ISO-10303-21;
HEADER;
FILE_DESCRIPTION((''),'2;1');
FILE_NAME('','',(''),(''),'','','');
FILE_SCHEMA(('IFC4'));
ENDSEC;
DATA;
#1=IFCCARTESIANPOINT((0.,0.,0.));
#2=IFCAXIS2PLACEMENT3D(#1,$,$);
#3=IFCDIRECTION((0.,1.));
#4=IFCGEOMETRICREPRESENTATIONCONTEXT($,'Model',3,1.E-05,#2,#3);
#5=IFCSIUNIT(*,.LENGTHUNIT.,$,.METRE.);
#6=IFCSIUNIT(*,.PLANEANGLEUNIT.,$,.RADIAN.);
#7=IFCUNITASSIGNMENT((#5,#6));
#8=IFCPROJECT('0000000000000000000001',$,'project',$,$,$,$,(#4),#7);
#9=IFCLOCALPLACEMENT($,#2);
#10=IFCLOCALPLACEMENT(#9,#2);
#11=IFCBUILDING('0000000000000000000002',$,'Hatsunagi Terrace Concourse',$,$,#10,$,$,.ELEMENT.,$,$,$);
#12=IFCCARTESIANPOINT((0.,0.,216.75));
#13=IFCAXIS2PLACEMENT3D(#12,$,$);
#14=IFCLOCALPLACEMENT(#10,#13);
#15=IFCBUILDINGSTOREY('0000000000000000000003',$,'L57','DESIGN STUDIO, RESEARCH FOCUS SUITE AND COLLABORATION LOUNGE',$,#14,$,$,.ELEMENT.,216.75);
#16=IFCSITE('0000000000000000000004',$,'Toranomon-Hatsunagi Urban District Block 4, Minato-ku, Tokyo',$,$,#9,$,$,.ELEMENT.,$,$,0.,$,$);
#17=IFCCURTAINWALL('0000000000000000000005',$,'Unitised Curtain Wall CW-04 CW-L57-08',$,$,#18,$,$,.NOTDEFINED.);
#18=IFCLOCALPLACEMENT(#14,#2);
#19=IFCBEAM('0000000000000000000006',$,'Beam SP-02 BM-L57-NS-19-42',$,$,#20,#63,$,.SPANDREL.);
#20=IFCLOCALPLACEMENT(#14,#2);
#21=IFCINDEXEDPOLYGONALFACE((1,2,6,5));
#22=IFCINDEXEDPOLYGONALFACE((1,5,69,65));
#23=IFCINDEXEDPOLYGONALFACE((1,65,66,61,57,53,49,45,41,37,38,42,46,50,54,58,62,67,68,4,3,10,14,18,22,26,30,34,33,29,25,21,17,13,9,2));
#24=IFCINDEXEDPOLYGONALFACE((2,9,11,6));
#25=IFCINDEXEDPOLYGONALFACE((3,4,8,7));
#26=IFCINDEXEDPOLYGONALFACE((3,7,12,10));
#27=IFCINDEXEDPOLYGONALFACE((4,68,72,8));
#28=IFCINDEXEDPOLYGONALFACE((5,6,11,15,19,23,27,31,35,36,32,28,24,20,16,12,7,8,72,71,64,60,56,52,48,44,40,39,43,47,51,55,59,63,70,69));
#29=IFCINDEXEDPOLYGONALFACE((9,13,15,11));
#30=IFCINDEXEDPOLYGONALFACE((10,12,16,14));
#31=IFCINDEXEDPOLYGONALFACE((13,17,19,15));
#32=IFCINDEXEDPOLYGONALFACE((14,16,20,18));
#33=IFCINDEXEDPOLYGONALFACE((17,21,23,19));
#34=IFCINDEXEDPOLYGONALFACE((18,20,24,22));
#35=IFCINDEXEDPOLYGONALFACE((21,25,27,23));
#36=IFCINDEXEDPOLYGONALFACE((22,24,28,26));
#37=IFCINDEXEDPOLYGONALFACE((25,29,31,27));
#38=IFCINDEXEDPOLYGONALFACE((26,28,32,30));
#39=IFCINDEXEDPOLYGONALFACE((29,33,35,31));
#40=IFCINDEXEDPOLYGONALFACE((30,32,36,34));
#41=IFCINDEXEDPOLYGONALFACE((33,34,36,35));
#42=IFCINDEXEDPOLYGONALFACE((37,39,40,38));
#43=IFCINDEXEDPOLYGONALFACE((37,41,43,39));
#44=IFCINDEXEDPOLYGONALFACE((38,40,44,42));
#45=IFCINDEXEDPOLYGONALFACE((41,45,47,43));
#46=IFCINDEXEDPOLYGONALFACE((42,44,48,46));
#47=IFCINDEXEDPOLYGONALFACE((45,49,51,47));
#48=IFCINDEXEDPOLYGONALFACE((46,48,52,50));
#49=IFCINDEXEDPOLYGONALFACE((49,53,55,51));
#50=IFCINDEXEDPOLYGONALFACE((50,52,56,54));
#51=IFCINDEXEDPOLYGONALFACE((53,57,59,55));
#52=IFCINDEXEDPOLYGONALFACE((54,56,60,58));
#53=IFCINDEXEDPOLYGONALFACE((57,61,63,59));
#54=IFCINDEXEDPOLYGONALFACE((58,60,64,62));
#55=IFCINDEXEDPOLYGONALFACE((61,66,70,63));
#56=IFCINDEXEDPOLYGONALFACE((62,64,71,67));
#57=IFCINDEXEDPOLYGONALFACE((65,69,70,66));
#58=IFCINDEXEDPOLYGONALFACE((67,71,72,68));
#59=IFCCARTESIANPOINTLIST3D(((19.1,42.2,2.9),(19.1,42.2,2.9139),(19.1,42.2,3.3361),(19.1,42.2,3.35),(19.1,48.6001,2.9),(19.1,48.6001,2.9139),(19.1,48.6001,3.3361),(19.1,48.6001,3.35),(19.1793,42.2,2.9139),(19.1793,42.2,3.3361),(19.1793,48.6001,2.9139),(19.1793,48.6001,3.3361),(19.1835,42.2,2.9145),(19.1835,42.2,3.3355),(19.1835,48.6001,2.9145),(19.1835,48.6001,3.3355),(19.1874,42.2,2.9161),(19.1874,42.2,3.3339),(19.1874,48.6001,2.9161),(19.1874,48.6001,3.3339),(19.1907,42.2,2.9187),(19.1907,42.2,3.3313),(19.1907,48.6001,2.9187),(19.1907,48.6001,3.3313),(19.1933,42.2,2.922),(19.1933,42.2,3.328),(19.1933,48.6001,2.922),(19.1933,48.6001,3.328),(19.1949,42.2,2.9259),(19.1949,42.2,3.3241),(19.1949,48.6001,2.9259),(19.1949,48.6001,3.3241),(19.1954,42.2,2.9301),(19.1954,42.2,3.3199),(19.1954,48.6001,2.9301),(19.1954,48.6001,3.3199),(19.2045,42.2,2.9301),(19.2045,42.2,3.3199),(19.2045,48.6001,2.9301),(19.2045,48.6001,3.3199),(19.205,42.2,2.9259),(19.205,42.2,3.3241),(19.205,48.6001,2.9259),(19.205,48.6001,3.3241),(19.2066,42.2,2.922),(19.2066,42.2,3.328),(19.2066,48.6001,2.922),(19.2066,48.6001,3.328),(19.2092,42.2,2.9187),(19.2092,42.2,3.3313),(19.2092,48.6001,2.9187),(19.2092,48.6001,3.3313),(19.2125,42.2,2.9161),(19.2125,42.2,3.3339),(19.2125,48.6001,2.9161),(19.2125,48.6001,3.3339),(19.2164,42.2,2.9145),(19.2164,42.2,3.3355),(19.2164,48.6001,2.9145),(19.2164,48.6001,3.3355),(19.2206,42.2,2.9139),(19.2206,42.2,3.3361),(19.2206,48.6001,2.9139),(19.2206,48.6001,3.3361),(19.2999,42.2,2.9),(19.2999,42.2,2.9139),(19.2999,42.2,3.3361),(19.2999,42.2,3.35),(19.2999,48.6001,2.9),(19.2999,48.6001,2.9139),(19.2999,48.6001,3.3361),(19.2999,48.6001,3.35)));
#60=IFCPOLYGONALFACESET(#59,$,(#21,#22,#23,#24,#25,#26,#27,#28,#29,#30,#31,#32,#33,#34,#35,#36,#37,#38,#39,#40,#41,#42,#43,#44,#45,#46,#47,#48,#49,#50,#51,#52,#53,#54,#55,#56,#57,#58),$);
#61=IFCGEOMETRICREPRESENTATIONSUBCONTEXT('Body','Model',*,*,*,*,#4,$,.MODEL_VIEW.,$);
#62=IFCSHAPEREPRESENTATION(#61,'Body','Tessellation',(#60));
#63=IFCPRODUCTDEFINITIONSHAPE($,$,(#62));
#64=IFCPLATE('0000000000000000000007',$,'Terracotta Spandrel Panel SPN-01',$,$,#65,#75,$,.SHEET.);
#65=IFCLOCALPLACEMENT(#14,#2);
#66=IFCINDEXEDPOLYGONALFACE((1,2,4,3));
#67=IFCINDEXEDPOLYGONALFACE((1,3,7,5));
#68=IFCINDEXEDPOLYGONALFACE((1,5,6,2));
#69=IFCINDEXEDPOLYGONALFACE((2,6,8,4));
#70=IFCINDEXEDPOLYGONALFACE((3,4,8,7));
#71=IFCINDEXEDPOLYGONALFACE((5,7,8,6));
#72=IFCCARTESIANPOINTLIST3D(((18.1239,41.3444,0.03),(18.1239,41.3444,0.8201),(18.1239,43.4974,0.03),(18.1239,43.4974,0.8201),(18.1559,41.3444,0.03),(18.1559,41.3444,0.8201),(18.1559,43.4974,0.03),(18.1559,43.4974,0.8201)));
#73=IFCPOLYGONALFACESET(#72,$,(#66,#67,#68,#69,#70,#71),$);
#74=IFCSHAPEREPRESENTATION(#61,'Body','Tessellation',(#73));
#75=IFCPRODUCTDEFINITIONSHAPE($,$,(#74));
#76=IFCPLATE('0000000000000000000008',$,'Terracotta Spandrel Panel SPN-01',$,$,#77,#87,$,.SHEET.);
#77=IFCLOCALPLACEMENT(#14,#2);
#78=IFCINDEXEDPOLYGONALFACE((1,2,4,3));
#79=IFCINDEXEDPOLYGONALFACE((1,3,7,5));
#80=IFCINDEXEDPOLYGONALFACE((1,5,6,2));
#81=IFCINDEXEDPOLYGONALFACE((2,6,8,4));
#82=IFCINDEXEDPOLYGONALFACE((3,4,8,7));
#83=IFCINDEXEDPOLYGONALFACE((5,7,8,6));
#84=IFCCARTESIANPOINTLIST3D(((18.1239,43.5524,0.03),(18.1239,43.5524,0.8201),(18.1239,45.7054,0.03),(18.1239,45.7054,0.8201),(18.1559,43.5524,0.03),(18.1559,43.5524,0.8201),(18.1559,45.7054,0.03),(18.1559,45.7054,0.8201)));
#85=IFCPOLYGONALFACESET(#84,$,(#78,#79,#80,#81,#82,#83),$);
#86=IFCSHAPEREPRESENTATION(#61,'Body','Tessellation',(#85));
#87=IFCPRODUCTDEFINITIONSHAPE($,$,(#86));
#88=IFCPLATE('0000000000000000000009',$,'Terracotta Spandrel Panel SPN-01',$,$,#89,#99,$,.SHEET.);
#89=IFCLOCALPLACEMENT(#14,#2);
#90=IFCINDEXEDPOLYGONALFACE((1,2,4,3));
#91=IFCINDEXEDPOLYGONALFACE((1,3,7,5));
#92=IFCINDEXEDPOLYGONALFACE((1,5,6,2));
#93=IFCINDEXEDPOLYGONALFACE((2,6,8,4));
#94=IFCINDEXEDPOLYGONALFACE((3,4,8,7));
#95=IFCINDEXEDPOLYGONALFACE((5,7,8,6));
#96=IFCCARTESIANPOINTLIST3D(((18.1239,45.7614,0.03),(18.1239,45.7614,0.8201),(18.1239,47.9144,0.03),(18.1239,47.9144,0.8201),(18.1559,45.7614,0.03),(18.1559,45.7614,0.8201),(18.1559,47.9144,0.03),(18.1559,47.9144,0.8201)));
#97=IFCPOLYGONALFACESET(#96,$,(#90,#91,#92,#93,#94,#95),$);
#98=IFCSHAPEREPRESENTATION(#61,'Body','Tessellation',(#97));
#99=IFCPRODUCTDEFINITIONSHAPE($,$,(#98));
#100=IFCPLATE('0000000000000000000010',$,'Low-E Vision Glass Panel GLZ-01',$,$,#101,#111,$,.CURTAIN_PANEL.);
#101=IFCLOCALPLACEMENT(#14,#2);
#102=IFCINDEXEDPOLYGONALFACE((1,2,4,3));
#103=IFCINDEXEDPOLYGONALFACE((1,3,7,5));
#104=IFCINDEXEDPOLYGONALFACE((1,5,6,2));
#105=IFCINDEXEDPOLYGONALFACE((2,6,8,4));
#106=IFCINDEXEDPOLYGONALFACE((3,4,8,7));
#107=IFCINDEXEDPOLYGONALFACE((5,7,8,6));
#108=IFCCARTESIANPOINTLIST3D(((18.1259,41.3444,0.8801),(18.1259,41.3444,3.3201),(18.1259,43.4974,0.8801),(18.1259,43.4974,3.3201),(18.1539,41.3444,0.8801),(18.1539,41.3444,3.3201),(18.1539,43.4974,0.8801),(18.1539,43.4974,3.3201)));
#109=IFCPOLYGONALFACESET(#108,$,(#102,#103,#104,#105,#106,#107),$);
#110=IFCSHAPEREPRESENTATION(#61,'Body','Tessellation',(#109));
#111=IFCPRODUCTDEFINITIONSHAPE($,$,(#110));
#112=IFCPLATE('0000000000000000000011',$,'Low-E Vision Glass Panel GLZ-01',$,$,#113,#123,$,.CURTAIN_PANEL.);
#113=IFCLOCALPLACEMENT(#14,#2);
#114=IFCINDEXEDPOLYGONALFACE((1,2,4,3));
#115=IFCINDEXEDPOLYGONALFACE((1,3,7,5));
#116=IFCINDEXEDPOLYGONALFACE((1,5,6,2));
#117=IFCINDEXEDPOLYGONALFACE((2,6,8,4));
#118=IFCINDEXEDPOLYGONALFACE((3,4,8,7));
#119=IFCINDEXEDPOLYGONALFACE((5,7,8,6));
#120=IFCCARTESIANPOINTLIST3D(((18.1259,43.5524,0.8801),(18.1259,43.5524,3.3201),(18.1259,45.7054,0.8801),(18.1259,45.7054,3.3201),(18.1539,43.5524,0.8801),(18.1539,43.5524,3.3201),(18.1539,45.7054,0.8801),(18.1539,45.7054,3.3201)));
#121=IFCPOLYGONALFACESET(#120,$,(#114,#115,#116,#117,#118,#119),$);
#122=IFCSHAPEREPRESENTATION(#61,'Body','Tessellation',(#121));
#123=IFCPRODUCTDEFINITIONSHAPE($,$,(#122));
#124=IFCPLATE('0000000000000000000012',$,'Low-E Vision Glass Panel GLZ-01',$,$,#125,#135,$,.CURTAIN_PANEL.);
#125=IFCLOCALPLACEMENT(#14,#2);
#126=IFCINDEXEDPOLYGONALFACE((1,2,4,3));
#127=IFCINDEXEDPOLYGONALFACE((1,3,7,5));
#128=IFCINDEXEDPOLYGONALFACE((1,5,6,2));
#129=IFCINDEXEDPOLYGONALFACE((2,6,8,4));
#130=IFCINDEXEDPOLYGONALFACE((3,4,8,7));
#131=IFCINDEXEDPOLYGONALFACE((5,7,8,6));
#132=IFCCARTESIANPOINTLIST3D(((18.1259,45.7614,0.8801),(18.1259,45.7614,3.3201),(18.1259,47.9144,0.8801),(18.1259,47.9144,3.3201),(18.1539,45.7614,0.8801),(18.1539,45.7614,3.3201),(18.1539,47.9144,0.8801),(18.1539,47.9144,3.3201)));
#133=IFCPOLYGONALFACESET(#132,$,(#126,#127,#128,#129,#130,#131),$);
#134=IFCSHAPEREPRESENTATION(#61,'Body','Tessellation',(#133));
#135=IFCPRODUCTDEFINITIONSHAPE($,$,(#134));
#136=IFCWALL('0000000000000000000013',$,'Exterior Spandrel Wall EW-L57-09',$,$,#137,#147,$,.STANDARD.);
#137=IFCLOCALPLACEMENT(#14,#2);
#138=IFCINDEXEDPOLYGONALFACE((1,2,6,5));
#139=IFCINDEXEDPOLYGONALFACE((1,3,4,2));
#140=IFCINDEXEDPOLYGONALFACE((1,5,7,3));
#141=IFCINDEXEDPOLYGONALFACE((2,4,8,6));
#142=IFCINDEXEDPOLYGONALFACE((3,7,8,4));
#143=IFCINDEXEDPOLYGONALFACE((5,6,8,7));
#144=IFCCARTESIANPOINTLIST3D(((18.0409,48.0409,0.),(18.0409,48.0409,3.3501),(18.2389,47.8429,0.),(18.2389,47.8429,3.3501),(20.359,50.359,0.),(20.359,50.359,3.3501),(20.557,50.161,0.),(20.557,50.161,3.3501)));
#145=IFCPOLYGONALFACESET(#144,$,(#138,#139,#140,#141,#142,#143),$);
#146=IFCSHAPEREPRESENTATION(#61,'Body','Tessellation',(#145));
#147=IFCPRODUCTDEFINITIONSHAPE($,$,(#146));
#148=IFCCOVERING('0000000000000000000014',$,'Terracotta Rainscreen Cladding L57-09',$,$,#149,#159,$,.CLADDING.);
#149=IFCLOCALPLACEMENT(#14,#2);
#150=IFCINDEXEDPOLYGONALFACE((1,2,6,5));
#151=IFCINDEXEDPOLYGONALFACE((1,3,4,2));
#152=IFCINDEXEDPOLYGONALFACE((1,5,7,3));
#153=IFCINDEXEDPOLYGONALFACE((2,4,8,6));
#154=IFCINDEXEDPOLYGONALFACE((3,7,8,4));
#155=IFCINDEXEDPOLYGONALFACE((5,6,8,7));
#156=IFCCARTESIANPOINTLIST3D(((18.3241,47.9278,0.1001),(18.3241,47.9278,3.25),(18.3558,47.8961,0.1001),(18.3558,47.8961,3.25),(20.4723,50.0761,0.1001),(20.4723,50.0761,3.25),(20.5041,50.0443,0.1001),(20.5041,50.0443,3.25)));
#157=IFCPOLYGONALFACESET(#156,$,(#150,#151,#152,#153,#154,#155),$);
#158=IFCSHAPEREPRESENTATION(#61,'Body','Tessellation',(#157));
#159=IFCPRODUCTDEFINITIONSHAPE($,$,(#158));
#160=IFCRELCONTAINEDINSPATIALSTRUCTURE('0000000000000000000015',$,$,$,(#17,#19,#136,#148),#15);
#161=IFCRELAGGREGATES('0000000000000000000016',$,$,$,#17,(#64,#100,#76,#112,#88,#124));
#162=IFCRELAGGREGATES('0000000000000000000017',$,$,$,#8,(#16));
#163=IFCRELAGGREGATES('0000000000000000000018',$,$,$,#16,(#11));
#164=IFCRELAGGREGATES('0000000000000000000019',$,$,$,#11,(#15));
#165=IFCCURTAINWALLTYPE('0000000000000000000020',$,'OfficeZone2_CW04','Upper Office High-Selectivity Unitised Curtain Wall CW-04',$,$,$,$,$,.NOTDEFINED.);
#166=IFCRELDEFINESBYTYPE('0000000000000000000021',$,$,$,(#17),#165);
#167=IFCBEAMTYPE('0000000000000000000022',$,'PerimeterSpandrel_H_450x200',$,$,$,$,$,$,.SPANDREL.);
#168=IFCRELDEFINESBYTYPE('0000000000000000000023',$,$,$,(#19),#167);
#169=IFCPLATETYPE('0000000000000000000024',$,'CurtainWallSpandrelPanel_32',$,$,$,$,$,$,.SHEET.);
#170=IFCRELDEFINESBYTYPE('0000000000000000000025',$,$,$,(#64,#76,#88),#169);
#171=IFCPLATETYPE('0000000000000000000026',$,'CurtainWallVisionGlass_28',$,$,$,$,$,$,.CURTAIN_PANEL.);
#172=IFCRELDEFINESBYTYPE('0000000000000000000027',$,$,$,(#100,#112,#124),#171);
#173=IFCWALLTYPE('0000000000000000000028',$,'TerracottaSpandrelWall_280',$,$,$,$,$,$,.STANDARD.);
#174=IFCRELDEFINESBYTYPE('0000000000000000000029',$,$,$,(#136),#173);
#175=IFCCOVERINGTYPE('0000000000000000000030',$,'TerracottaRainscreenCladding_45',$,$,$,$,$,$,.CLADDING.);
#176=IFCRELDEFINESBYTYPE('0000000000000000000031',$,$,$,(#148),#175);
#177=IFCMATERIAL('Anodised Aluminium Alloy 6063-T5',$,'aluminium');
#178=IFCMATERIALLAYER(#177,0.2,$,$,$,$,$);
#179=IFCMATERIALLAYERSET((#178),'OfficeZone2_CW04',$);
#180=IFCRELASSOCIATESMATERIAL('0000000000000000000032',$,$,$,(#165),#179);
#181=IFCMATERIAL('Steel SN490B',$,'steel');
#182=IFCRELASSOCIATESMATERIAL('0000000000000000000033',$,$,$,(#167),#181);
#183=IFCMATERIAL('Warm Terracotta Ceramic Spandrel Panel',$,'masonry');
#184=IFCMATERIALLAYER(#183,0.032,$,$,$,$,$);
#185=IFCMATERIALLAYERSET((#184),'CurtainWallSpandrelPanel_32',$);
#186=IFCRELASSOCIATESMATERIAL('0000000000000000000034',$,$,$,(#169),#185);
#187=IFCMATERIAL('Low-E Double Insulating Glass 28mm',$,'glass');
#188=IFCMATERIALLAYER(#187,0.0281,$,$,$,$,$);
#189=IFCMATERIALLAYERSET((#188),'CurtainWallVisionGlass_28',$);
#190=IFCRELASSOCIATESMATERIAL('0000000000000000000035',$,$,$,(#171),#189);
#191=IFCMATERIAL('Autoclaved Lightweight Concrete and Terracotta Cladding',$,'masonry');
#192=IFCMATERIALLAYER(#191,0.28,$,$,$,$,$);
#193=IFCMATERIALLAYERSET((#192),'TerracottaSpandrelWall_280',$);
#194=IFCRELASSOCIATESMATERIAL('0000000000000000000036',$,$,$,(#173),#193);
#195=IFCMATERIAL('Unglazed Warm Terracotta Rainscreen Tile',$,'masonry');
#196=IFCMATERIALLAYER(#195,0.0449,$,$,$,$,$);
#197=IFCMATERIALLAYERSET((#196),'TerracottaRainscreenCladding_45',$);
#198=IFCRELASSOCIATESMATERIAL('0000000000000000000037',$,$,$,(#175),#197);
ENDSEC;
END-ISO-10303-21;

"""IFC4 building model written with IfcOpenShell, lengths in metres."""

from ifc_helpers import new_model, si_unit, direction, frame, frame_2d, origin, origin_2d, place, context, subcontext, project, spatial, rectangle, i_section, extrude, material, layer, layer_set, material_profile, profile_set, type_object, element, aggregate, save


model = new_model("IFC4")

# Units and contexts
model_context = context("Model", 3, precision=1e-05, world=origin(), true_north=direction((0.0, 1.0)))
body_context = subcontext(model_context, "Body", "Model", "MODEL_VIEW")
ifc_project = project(units=[si_unit("LENGTHUNIT", "METRE"), si_unit("PLANEANGLEUNIT", "RADIAN")], contexts=[model_context])

# Site, building, storey
site_placement = place(None, origin())
site = spatial("IfcSite", under=ifc_project, at=site_placement, Name="Toranomon-Hatsunagi Urban District Block 4, Minato-ku, Tokyo", CompositionType="ELEMENT", RefElevation=0.0)
building_placement = place(site_placement, origin())
building = spatial("IfcBuilding", under=site, at=building_placement, Name="Hatsunagi Terrace Concourse", CompositionType="ELEMENT")
storey_placement = place(building_placement, frame((0.0, 0.0, 216.75)))
storey = spatial("IfcBuildingStorey", under=building, at=storey_placement, Name="L57", Description="DESIGN STUDIO, RESEARCH FOCUS SUITE AND COLLABORATION LOUNGE", CompositionType="ELEMENT", Elevation=216.75)

# Curtain wall
ifc_material_1 = material(Name="Anodised Aluminium Alloy 6063-T5", Category="aluminium")
ifc_layer_1 = layer(ifc_material_1, 0.2)
ifc_layer_set_1 = layer_set([ifc_layer_1], Name="OfficeZone2_CW04")
curtain_wall_type = type_object("IfcCurtainWallType", Name="OfficeZone2_CW04", Description="Upper Office High-Selectivity Unitised Curtain Wall CW-04", PredefinedType="NOTDEFINED", material=ifc_layer_set_1)
curtain_wall_placement = place(storey_placement, origin())
curtain_wall = element("IfcCurtainWall", 1, at=curtain_wall_placement, inside=storey, type_object=curtain_wall_type, Name="Unitised Curtain Wall CW-04 CW-L57-08", PredefinedType="NOTDEFINED")

# Beam
ifc_material_2 = material(Name="Steel SN490B", Category="steel")
ifc_material_profile_1 = material_profile(ifc_material_2, i_section(OverallWidth=0.2, OverallDepth=0.45, WebThickness=0.009, FlangeThickness=0.0139, FilletRadius=0.0161, at=origin_2d()), Name="H-450x200x9x14")
ifc_profile_set_1 = profile_set([ifc_material_profile_1], Name="Steel SN490B")
beam_type = type_object("IfcBeamType", Name="PerimeterSpandrel_H_450x200", PredefinedType="SPANDREL", material=ifc_profile_set_1)
beam_1_placement = place(storey_placement, frame((19.2, 42.2, 3.125), z_axis=(0.0, 1.0, 0.0), x_axis=(-1.0, 0.0, 0.0)))
element("IfcBeam", 2, at=beam_1_placement, inside=storey, type_object=beam_type, Name="Beam SP-02 BM-L57-NS-19-42", PredefinedType="SPANDREL", context=body_context, shape_type="SweptSolid", body=[
    extrude(i_section(OverallWidth=0.2, OverallDepth=0.45, WebThickness=0.009, FlangeThickness=0.0139, FilletRadius=0.0161, at=origin_2d()), origin(), (0.0, 0.0, 1.0), 6.4001),
])

# Plates
ifc_material_3 = material(Name="Warm Terracotta Ceramic Spandrel Panel", Category="masonry")
ifc_layer_2 = layer(ifc_material_3, 0.032)
ifc_layer_set_2 = layer_set([ifc_layer_2], Name="CurtainWallSpandrelPanel_32")
plate_type_1 = type_object("IfcPlateType", Name="CurtainWallSpandrelPanel_32", PredefinedType="SHEET", material=ifc_layer_set_2)
plate_1_placement = place(storey_placement, frame((18.1399, 42.4209, 0.03), z_axis=(0.0, 0.0, 1.0), x_axis=(0.0, 1.0, 0.0)))
plate_1 = element("IfcPlate", 3, at=plate_1_placement, type_object=plate_type_1, Name="Terracotta Spandrel Panel SPN-01", PredefinedType="SHEET", context=body_context, shape_type="SweptSolid", body=[
    extrude(rectangle(XDim=2.1531, YDim=0.032, at=origin_2d()), origin(), (0.0, 0.0, 1.0), 0.79),
])
plate_2_placement = place(storey_placement, frame((18.1399, 44.6289, 0.03), z_axis=(0.0, 0.0, 1.0), x_axis=(0.0, 1.0, 0.0)))
plate_2 = element("IfcPlate", 4, at=plate_2_placement, type_object=plate_type_1, Name="Terracotta Spandrel Panel SPN-01", PredefinedType="SHEET", context=body_context, shape_type="SweptSolid", body=[
    extrude(rectangle(XDim=2.1531, YDim=0.032, at=origin_2d()), origin(), (0.0, 0.0, 1.0), 0.79),
])
plate_3_placement = place(storey_placement, frame((18.1399, 46.8379, 0.03), z_axis=(0.0, 0.0, 1.0), x_axis=(0.0, 1.0, 0.0)))
plate_3 = element("IfcPlate", 5, at=plate_3_placement, type_object=plate_type_1, Name="Terracotta Spandrel Panel SPN-01", PredefinedType="SHEET", context=body_context, shape_type="SweptSolid", body=[
    extrude(rectangle(XDim=2.1531, YDim=0.032, at=origin_2d()), origin(), (0.0, 0.0, 1.0), 0.79),
])
ifc_material_4 = material(Name="Low-E Double Insulating Glass 28mm", Category="glass")
ifc_layer_3 = layer(ifc_material_4, 0.0281)
ifc_layer_set_3 = layer_set([ifc_layer_3], Name="CurtainWallVisionGlass_28")
plate_type_2 = type_object("IfcPlateType", Name="CurtainWallVisionGlass_28", PredefinedType="CURTAIN_PANEL", material=ifc_layer_set_3)
plate_4_placement = place(storey_placement, frame((18.1399, 42.4209, 0.8801), z_axis=(0.0, 0.0, 1.0), x_axis=(0.0, 1.0, 0.0)))
plate_4 = element("IfcPlate", 6, at=plate_4_placement, type_object=plate_type_2, Name="Low-E Vision Glass Panel GLZ-01", PredefinedType="CURTAIN_PANEL", context=body_context, shape_type="SweptSolid", body=[
    extrude(rectangle(XDim=2.1531, YDim=0.0281, at=origin_2d()), origin(), (0.0, 0.0, 1.0), 2.4399),
])
plate_5_placement = place(storey_placement, frame((18.1399, 44.6289, 0.8801), z_axis=(0.0, 0.0, 1.0), x_axis=(0.0, 1.0, 0.0)))
plate_5 = element("IfcPlate", 7, at=plate_5_placement, type_object=plate_type_2, Name="Low-E Vision Glass Panel GLZ-01", PredefinedType="CURTAIN_PANEL", context=body_context, shape_type="SweptSolid", body=[
    extrude(rectangle(XDim=2.1531, YDim=0.0281, at=origin_2d()), origin(), (0.0, 0.0, 1.0), 2.4399),
])
plate_6_placement = place(storey_placement, frame((18.1399, 46.8379, 0.8801), z_axis=(0.0, 0.0, 1.0), x_axis=(0.0, 1.0, 0.0)))
plate_6 = element("IfcPlate", 8, at=plate_6_placement, type_object=plate_type_2, Name="Low-E Vision Glass Panel GLZ-01", PredefinedType="CURTAIN_PANEL", context=body_context, shape_type="SweptSolid", body=[
    extrude(rectangle(XDim=2.1531, YDim=0.0281, at=origin_2d()), origin(), (0.0, 0.0, 1.0), 2.4399),
])
aggregate(curtain_wall, [plate_1, plate_4, plate_2, plate_5, plate_3, plate_6])

# Wall
ifc_material_5 = material(Name="Autoclaved Lightweight Concrete and Terracotta Cladding", Category="masonry")
ifc_layer_4 = layer(ifc_material_5, 0.28)
ifc_layer_set_4 = layer_set([ifc_layer_4], Name="TerracottaSpandrelWall_280")
wall_type = type_object("IfcWallType", Name="TerracottaSpandrelWall_280", PredefinedType="STANDARD", material=ifc_layer_set_4)
wall_placement = place(storey_placement, frame((18.1399, 47.9419, 0.0), z_axis=(0.0, 0.0, 1.0), x_axis=(0.707107, 0.707107, 0.0)))
element("IfcWall", 9, at=wall_placement, inside=storey, type_object=wall_type, Name="Exterior Spandrel Wall EW-L57-09", PredefinedType="STANDARD", context=body_context, shape_type="SweptSolid", body=[
    extrude(rectangle(XDim=3.2783, YDim=0.28, at=frame_2d((1.6392, 0.0))), origin(), (0.0, 0.0, 1.0), 3.3501),
])

# Covering
ifc_material_6 = material(Name="Unglazed Warm Terracotta Rainscreen Tile", Category="masonry")
ifc_layer_5 = layer(ifc_material_6, 0.0449)
ifc_layer_set_5 = layer_set([ifc_layer_5], Name="TerracottaRainscreenCladding_45")
covering_type = type_object("IfcCoveringType", Name="TerracottaRainscreenCladding_45", PredefinedType="CLADDING", material=ifc_layer_set_5)
covering_placement = place(storey_placement, frame((19.4141, 48.9861, 0.1001), z_axis=(0.0, 0.0, 1.0), x_axis=(0.707107, 0.707107, 0.0)))
element("IfcCovering", 10, at=covering_placement, inside=storey, type_object=covering_type, Name="Terracotta Rainscreen Cladding L57-09", PredefinedType="CLADDING", context=body_context, shape_type="SweptSolid", body=[
    extrude(rectangle(XDim=3.0381, YDim=0.0449, at=origin_2d()), origin(), (0.0, 0.0, 1.0), 3.1499),
])

save(model, "model.ifc")
